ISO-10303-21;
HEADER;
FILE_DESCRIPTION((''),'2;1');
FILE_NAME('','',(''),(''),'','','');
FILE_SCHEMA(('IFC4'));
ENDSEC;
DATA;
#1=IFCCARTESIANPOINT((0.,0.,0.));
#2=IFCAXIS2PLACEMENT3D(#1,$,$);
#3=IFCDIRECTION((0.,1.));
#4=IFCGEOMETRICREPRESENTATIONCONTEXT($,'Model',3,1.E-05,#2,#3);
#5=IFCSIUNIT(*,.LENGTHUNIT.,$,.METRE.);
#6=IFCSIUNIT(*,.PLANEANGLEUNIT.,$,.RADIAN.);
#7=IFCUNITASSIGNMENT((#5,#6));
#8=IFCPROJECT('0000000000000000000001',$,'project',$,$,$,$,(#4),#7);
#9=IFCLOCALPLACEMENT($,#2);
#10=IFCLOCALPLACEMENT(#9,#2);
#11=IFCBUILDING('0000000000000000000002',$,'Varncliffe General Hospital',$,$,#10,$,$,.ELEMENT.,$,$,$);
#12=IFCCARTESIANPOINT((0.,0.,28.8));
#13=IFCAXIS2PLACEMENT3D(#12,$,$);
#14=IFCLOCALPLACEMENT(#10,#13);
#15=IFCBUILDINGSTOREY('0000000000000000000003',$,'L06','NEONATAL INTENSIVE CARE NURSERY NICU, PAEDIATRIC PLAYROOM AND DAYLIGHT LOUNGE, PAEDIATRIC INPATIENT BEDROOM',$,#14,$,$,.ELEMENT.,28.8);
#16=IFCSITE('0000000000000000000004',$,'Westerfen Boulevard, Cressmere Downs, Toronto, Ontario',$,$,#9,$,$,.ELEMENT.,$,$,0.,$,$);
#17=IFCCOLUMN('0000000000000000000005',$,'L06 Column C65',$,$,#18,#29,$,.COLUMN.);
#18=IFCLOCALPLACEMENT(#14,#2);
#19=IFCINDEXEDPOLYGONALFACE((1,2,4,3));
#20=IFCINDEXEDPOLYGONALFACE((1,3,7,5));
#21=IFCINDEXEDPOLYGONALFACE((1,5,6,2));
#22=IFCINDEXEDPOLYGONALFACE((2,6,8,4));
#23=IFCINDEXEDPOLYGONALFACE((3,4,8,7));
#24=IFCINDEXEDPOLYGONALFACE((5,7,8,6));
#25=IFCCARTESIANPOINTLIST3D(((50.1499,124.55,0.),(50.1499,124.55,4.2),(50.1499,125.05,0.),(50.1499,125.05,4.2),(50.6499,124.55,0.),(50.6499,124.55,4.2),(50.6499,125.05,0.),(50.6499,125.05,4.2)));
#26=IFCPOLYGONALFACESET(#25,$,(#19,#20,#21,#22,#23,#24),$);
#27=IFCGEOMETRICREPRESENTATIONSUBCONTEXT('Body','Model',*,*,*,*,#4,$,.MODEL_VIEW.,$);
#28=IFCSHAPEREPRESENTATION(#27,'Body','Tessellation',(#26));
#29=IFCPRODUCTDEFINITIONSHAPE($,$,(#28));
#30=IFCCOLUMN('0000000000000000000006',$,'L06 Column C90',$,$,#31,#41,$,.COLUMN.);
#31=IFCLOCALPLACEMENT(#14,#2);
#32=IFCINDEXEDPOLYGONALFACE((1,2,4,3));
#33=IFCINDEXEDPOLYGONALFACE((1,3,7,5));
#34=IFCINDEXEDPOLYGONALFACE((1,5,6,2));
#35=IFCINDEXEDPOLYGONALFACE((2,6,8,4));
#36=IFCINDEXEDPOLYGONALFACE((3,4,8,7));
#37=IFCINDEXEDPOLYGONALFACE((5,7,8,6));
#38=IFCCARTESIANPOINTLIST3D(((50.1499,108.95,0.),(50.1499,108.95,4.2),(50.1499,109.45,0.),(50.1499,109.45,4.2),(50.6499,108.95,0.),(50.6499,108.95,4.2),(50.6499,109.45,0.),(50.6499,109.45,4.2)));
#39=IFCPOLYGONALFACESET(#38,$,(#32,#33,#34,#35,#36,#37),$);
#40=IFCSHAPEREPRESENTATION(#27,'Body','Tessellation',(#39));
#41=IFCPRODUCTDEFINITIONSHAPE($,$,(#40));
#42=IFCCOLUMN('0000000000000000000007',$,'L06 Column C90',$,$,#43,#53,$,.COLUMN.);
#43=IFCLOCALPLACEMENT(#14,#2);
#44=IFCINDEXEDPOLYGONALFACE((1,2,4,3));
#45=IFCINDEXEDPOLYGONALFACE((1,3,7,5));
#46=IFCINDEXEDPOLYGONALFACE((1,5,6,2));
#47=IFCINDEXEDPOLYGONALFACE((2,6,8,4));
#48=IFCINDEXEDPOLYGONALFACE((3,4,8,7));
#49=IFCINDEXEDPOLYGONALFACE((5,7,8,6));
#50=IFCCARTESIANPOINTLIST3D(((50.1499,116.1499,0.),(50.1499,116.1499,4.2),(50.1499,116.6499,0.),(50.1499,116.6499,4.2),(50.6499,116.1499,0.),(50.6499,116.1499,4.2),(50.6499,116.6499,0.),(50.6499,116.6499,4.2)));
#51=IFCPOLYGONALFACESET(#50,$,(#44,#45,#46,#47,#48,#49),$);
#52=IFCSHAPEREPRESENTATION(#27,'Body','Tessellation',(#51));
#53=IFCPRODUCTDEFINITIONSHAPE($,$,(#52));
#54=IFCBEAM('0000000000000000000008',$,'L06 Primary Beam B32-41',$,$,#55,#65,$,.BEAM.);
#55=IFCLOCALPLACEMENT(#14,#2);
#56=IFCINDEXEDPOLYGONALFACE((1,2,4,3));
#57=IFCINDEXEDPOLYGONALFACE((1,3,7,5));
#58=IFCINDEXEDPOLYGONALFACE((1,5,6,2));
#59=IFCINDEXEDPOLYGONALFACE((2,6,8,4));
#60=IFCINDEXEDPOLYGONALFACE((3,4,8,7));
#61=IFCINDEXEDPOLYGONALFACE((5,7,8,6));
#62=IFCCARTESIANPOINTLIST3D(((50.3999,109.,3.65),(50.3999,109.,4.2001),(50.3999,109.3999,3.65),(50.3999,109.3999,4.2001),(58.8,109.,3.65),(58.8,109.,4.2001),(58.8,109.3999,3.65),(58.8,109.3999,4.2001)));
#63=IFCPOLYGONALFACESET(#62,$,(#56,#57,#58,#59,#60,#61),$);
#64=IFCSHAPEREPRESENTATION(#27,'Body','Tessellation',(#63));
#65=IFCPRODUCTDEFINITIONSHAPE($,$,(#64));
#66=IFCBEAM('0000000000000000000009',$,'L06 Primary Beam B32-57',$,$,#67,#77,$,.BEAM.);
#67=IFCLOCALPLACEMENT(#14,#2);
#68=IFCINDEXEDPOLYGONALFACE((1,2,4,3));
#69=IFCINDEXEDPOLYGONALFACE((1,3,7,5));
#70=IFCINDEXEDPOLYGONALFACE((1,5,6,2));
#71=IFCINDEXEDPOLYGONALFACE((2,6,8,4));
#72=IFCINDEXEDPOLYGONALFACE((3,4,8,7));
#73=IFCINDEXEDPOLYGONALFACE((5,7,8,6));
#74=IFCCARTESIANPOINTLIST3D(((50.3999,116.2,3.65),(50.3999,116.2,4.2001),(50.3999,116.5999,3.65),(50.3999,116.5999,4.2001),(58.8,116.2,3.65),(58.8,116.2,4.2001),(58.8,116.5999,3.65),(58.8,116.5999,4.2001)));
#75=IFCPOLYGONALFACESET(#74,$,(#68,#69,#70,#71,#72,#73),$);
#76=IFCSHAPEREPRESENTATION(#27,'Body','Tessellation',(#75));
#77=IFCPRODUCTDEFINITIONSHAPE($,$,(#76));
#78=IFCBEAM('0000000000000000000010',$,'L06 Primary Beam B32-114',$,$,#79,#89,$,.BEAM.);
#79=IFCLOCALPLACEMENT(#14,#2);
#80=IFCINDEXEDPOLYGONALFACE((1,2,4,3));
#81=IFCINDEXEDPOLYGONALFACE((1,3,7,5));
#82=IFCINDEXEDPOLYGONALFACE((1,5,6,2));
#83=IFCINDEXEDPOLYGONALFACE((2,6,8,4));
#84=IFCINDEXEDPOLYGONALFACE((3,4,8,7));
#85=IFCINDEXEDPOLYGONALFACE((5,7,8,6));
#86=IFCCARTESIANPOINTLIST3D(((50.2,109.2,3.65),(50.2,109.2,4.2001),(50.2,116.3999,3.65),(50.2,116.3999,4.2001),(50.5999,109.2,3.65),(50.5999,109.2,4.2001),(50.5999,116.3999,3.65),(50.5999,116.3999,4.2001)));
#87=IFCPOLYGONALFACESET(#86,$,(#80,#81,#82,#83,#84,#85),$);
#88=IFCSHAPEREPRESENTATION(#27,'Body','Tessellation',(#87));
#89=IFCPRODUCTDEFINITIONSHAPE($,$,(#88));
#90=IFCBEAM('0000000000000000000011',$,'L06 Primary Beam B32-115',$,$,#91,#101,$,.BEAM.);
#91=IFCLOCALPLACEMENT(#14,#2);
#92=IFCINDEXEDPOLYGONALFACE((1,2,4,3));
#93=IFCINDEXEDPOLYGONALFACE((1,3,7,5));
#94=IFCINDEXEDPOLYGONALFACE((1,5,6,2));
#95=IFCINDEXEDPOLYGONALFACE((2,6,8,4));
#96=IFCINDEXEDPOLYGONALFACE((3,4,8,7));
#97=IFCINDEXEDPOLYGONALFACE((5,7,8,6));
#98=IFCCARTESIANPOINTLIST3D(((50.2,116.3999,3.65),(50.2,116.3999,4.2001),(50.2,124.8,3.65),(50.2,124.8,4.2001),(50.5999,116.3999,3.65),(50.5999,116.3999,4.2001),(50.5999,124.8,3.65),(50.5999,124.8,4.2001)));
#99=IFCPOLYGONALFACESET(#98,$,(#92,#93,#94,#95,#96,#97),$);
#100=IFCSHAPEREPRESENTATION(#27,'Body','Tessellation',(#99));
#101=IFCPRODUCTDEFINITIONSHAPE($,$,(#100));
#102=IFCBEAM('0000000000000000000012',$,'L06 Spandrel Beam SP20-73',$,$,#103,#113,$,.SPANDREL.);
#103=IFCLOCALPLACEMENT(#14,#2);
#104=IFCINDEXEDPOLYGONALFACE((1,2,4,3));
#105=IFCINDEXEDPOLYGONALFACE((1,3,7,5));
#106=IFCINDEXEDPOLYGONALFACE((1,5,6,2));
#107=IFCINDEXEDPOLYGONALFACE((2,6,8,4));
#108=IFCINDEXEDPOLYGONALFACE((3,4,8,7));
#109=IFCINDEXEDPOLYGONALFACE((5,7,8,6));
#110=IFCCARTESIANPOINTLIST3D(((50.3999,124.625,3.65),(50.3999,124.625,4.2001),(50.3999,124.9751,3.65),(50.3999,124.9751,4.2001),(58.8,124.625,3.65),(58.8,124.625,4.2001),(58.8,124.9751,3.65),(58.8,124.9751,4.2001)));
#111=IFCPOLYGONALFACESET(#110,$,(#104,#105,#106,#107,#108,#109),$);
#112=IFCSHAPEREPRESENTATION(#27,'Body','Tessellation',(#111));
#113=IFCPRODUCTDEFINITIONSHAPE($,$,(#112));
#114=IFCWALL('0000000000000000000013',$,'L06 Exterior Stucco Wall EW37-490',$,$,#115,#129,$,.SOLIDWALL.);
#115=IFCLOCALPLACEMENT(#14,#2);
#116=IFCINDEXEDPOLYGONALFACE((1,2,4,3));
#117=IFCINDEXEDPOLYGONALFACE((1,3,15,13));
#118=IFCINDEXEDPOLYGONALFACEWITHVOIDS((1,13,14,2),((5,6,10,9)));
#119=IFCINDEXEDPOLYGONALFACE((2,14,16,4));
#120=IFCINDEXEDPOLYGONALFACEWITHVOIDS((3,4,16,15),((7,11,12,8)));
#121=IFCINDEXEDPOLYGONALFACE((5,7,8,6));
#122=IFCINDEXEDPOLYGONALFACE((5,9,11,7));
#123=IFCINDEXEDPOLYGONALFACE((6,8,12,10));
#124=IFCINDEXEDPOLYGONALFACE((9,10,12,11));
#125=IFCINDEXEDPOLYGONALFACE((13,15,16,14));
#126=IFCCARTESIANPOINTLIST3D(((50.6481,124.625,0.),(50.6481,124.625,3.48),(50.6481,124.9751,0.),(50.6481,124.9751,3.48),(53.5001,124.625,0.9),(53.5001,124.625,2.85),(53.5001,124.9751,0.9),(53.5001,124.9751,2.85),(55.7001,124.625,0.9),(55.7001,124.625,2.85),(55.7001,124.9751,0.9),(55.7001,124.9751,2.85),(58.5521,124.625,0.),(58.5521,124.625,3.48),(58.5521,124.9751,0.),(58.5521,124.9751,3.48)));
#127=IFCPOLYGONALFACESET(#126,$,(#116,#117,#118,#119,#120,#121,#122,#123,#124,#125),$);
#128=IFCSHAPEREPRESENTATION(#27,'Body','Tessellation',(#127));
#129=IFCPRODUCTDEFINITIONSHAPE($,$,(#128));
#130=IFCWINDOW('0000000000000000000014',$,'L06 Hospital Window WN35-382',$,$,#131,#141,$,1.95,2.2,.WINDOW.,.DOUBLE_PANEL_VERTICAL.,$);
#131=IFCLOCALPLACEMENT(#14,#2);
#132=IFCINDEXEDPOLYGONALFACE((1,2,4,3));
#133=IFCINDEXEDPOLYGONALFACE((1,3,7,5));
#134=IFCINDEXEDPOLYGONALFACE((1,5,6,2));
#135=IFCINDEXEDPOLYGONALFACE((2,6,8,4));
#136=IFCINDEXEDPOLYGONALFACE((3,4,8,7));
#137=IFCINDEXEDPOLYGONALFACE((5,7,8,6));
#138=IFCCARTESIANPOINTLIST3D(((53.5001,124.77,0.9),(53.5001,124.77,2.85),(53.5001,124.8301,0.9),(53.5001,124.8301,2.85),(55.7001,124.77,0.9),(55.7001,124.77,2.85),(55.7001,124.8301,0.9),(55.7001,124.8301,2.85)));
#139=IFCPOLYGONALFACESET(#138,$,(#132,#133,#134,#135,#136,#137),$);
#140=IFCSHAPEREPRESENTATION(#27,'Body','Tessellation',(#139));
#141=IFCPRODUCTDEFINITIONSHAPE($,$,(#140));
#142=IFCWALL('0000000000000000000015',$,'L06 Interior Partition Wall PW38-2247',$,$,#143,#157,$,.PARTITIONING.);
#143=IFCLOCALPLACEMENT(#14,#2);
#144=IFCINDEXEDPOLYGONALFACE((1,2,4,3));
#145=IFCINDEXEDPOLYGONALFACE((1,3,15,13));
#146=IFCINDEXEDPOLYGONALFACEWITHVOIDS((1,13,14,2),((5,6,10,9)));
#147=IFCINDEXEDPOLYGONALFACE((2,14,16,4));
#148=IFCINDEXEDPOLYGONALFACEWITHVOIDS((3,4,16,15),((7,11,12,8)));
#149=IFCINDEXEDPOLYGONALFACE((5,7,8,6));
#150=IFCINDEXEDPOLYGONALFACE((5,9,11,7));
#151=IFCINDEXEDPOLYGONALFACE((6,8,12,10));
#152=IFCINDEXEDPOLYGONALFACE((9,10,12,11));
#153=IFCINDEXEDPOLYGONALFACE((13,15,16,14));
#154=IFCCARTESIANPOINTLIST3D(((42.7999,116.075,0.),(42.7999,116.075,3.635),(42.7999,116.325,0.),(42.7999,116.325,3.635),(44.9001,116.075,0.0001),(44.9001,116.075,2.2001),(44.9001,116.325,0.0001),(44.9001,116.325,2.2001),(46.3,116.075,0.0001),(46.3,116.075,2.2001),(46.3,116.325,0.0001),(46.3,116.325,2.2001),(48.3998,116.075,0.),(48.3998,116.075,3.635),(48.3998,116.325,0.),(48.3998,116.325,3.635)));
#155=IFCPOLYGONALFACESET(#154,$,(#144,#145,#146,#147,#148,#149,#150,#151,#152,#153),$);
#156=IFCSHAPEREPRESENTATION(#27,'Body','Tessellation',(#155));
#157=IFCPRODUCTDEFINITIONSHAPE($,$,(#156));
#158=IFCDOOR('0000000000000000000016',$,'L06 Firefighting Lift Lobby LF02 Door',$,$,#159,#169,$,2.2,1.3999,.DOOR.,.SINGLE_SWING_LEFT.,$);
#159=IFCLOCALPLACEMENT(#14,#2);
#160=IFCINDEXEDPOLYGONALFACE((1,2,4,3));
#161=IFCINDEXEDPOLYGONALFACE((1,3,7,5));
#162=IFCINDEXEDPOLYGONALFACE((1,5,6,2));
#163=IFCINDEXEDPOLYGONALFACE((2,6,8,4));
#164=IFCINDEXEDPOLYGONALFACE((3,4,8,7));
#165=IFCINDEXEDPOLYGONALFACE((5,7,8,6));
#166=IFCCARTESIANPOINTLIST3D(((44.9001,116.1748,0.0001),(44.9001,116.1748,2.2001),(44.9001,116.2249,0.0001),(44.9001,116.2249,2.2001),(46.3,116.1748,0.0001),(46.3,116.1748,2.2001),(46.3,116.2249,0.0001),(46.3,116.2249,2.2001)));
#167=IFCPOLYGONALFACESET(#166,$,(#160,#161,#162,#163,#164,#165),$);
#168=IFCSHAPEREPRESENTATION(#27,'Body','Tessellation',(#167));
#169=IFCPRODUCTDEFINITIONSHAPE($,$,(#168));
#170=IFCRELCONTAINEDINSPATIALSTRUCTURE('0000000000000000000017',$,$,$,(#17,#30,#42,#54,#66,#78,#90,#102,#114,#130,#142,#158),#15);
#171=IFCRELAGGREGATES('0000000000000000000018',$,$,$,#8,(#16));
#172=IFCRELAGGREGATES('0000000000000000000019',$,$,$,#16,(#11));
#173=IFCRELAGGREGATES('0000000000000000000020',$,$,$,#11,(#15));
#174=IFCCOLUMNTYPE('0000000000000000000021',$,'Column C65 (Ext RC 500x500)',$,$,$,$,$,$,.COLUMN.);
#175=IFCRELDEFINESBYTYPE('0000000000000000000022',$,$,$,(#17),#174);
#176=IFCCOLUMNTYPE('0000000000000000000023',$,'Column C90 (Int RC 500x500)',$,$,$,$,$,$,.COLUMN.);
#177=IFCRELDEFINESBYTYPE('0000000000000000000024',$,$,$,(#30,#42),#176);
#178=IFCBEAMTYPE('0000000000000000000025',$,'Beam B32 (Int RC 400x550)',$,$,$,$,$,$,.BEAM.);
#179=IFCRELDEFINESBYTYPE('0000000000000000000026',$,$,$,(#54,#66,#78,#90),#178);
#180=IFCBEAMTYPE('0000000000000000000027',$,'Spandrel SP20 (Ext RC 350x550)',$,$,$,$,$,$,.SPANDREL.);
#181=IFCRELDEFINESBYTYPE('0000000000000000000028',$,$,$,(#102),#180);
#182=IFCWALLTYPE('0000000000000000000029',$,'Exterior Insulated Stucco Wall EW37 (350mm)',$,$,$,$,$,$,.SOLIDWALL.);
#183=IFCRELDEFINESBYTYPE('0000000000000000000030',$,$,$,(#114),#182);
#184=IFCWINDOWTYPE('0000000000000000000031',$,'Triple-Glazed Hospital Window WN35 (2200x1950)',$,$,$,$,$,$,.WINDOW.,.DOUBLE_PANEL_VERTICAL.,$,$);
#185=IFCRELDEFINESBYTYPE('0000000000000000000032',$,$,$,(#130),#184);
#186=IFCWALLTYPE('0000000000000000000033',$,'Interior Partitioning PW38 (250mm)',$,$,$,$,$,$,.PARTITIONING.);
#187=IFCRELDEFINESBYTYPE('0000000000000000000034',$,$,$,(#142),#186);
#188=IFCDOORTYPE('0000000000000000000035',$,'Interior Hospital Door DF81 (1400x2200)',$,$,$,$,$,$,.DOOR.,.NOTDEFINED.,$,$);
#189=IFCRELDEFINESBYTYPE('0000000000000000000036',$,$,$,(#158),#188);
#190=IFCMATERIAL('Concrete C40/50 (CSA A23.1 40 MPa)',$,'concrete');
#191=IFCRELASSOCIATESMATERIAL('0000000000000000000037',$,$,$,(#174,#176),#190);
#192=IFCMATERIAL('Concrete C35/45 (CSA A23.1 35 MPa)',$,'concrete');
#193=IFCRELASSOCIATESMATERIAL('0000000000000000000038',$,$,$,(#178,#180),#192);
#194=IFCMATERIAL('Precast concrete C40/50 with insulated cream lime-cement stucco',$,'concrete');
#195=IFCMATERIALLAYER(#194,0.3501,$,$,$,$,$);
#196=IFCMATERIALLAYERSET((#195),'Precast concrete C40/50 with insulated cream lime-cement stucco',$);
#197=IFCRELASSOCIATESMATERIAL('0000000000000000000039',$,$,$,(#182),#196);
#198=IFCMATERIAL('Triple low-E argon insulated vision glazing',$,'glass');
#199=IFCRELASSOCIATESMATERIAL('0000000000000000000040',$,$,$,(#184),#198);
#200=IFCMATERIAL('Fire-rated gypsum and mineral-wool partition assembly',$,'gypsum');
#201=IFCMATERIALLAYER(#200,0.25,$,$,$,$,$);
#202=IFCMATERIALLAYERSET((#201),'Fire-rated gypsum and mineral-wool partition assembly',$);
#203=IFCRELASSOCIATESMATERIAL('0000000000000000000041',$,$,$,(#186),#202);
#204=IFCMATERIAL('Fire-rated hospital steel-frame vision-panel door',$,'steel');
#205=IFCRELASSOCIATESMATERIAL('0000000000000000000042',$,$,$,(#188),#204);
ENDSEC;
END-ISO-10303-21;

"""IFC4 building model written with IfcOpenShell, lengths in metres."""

from ifc_helpers import new_model, si_unit, direction, frame, frame_2d, origin, origin_2d, place, context, subcontext, project, spatial, rectangle, extrude, material, layer, layer_set, material_profile, profile_set, type_object, element, fill, save


model = new_model("IFC4")

# Units and contexts
model_context = context("Model", 3, precision=1e-05, world=origin(), true_north=direction((0.0, 1.0)))
body_context = subcontext(model_context, "Body", "Model", "MODEL_VIEW")
ifc_project = project(units=[si_unit("LENGTHUNIT", "METRE"), si_unit("PLANEANGLEUNIT", "RADIAN")], contexts=[model_context])

# Site, building, storey
site_placement = place(None, origin())
site = spatial("IfcSite", under=ifc_project, at=site_placement, Name="Westerfen Boulevard, Cressmere Downs, Toronto, Ontario", CompositionType="ELEMENT", RefElevation=0.0)
building_placement = place(site_placement, origin())
building = spatial("IfcBuilding", under=site, at=building_placement, Name="Varncliffe General Hospital", CompositionType="ELEMENT")
storey_placement = place(building_placement, frame((0.0, 0.0, 28.8)))
storey = spatial("IfcBuildingStorey", under=building, at=storey_placement, Name="L06", Description="NEONATAL INTENSIVE CARE NURSERY NICU, PAEDIATRIC PLAYROOM AND DAYLIGHT LOUNGE, PAEDIATRIC INPATIENT BEDROOM", CompositionType="ELEMENT", Elevation=28.8)

# Columns
ifc_material_1 = material(Name="Concrete C40/50 (CSA A23.1 40 MPa)", Category="concrete")
ifc_material_profile_1 = material_profile(ifc_material_1, rectangle(XDim=0.5, YDim=0.5, at=origin_2d()), Name="RC 500x500")
ifc_profile_set_1 = profile_set([ifc_material_profile_1], Name="Concrete C40/50 (CSA A23.1 40 MPa)")
column_type_1 = type_object("IfcColumnType", Name="Column C65 (Ext RC 500x500)", PredefinedType="COLUMN", material=ifc_profile_set_1)
column_placement = place(storey_placement, frame((50.3999, 124.8, 0.0), z_axis=(0.0, 0.0, 1.0), x_axis=(1.0, 0.0, 0.0)))
element("IfcColumn", 1, at=column_placement, inside=storey, type_object=column_type_1, Name="L06 Column C65", PredefinedType="COLUMN", context=body_context, shape_type="SweptSolid", body=[
    extrude(rectangle(XDim=0.5, YDim=0.5, at=origin_2d()), origin(), (0.0, 0.0, 1.0), 4.2),
])
ifc_material_profile_2 = material_profile(ifc_material_1, rectangle(XDim=0.5, YDim=0.5, at=origin_2d()), Name="RC 500x500")
ifc_profile_set_2 = profile_set([ifc_material_profile_2], Name="Concrete C40/50 (CSA A23.1 40 MPa)")
column_type_2 = type_object("IfcColumnType", Name="Column C90 (Int RC 500x500)", PredefinedType="COLUMN", material=ifc_profile_set_2)
for number, where, z_axis, x_axis, name in (
    (2, (50.3999, 109.2, 0.0), (0.0, 0.0, 1.0), (1.0, 0.0, 0.0), "L06 Column C90"),
    (3, (50.3999, 116.3999, 0.0), (0.0, 0.0, 1.0), (1.0, 0.0, 0.0), "L06 Column C90"),
):
    element("IfcColumn", number, at=place(storey_placement, frame(where, z_axis=z_axis, x_axis=x_axis)), inside=storey, type_object=column_type_2, Name=name, PredefinedType="COLUMN", context=body_context, shape_type="SweptSolid", body=[
        extrude(rectangle(XDim=0.5, YDim=0.5, at=origin_2d()), origin(), (0.0, 0.0, 1.0), 4.2),
    ])

# Beams
ifc_material_2 = material(Name="Concrete C35/45 (CSA A23.1 35 MPa)", Category="concrete")
ifc_material_profile_3 = material_profile(ifc_material_2, rectangle(XDim=0.3999, YDim=0.55, at=origin_2d()), Name="RC 400x550")
ifc_profile_set_3 = profile_set([ifc_material_profile_3], Name="Concrete C35/45 (CSA A23.1 35 MPa)")
beam_type_1 = type_object("IfcBeamType", Name="Beam B32 (Int RC 400x550)", PredefinedType="BEAM", material=ifc_profile_set_3)
for number, where, z_axis, x_axis, name in (
    (4, (50.3999, 109.2, 3.925), (1.0, 0.0, 0.0), (0.0, 1.0, 0.0), "L06 Primary Beam B32-41"),
    (5, (50.3999, 116.3999, 3.925), (1.0, 0.0, 0.0), (0.0, 1.0, 0.0), "L06 Primary Beam B32-57"),
):
    element("IfcBeam", number, at=place(storey_placement, frame(where, z_axis=z_axis, x_axis=x_axis)), inside=storey, type_object=beam_type_1, Name=name, PredefinedType="BEAM", context=body_context, shape_type="SweptSolid", body=[
        extrude(rectangle(XDim=0.3999, YDim=0.55, at=origin_2d()), origin(), (0.0, 0.0, 1.0), 8.4001),
    ])
beam_1_placement = place(storey_placement, frame((50.3999, 109.2, 3.925), z_axis=(0.0, 1.0, 0.0), x_axis=(-1.0, 0.0, 0.0)))
element("IfcBeam", 6, at=beam_1_placement, inside=storey, type_object=beam_type_1, Name="L06 Primary Beam B32-114", PredefinedType="BEAM", context=body_context, shape_type="SweptSolid", body=[
    extrude(rectangle(XDim=0.3999, YDim=0.55, at=origin_2d()), origin(), (0.0, 0.0, 1.0), 7.2),
])
beam_2_placement = place(storey_placement, frame((50.3999, 116.3999, 3.925), z_axis=(0.0, 1.0, 0.0), x_axis=(-1.0, 0.0, 0.0)))
element("IfcBeam", 7, at=beam_2_placement, inside=storey, type_object=beam_type_1, Name="L06 Primary Beam B32-115", PredefinedType="BEAM", context=body_context, shape_type="SweptSolid", body=[
    extrude(rectangle(XDim=0.3999, YDim=0.55, at=origin_2d()), origin(), (0.0, 0.0, 1.0), 8.4001),
])
ifc_material_profile_4 = material_profile(ifc_material_2, rectangle(XDim=0.3501, YDim=0.55, at=origin_2d()), Name="RC 350x550")
ifc_profile_set_4 = profile_set([ifc_material_profile_4], Name="Concrete C35/45 (CSA A23.1 35 MPa)")
beam_type_2 = type_object("IfcBeamType", Name="Spandrel SP20 (Ext RC 350x550)", PredefinedType="SPANDREL", material=ifc_profile_set_4)
beam_3_placement = place(storey_placement, frame((50.3999, 124.8, 3.925), z_axis=(1.0, 0.0, 0.0), x_axis=(0.0, 1.0, 0.0)))
element("IfcBeam", 8, at=beam_3_placement, inside=storey, type_object=beam_type_2, Name="L06 Spandrel Beam SP20-73", PredefinedType="SPANDREL", context=body_context, shape_type="SweptSolid", body=[
    extrude(rectangle(XDim=0.3501, YDim=0.55, at=origin_2d()), origin(), (0.0, 0.0, 1.0), 8.4001),
])

# Wall, opening, window
ifc_material_3 = material(Name="Precast concrete C40/50 with insulated cream lime-cement stucco", Category="concrete")
ifc_layer_1 = layer(ifc_material_3, 0.3501)
ifc_layer_set_1 = layer_set([ifc_layer_1], Name="Precast concrete C40/50 with insulated cream lime-cement stucco")
wall_type_1 = type_object("IfcWallType", Name="Exterior Insulated Stucco Wall EW37 (350mm)", PredefinedType="SOLIDWALL", material=ifc_layer_set_1)
wall_1_placement = place(storey_placement, frame((50.6479, 124.8, 0.0), z_axis=(0.0, 0.0, 1.0), x_axis=(1.0, 0.0, 0.0)))
wall_1 = element("IfcWall", 9, at=wall_1_placement, inside=storey, type_object=wall_type_1, Name="L06 Exterior Stucco Wall EW37-490", PredefinedType="SOLIDWALL", context=body_context, shape_type="SweptSolid", body=[
    extrude(rectangle(XDim=7.9041, YDim=0.3501, at=frame_2d((3.9521, 0.0))), origin(), (0.0, 0.0, 1.0), 3.48),
])
opening_1_placement = place(wall_1_placement, frame((2.8521, 0.0, 0.8999)))
opening_1 = element("IfcOpeningElement", 10, at=opening_1_placement, cuts=wall_1, PredefinedType="OPENING", context=body_context, shape_type="SweptSolid", body=[
    extrude(rectangle(XDim=2.2, YDim=1.95, at=frame_2d((1.1001, 0.9751))), frame((0.0, 0.1851, 0.0), z_axis=(0.0, -1.0, 0.0), x_axis=(1.0, 0.0, 0.0)), (0.0, 0.0, 1.0), 0.3701),
])
ifc_material_4 = material(Name="Triple low-E argon insulated vision glazing", Category="glass")
window_type = type_object("IfcWindowType", Name="Triple-Glazed Hospital Window WN35 (2200x1950)", PartitioningType="DOUBLE_PANEL_VERTICAL", PredefinedType="WINDOW", material=ifc_material_4)
window_placement = place(opening_1_placement, origin())
window = element("IfcWindow", 11, at=window_placement, inside=storey, type_object=window_type, Name="L06 Hospital Window WN35-382", OverallHeight=1.95, OverallWidth=2.2, PartitioningType="DOUBLE_PANEL_VERTICAL", PredefinedType="WINDOW", context=body_context, shape_type="SweptSolid", body=[
    extrude(rectangle(XDim=2.2, YDim=1.95, at=frame_2d((1.1001, 0.9751))), frame((0.0, 0.03, 0.0), z_axis=(0.0, -1.0, 0.0), x_axis=(1.0, 0.0, 0.0)), (0.0, 0.0, 1.0), 0.0601),
])
fill(opening_1, window)

# Wall, opening, door
ifc_material_5 = material(Name="Fire-rated gypsum and mineral-wool partition assembly", Category="gypsum")
ifc_layer_2 = layer(ifc_material_5, 0.25)
ifc_layer_set_2 = layer_set([ifc_layer_2], Name="Fire-rated gypsum and mineral-wool partition assembly")
wall_type_2 = type_object("IfcWallType", Name="Interior Partitioning PW38 (250mm)", PredefinedType="PARTITIONING", material=ifc_layer_set_2)
wall_2_placement = place(storey_placement, frame((42.8, 116.2, 0.0), z_axis=(0.0, 0.0, 1.0), x_axis=(1.0, 0.0, 0.0)))
wall_2 = element("IfcWall", 12, at=wall_2_placement, inside=storey, type_object=wall_type_2, Name="L06 Interior Partition Wall PW38-2247", PredefinedType="PARTITIONING", context=body_context, shape_type="SweptSolid", body=[
    extrude(rectangle(XDim=5.5999, YDim=0.25, at=frame_2d((2.7998, 0.0))), origin(), (0.0, 0.0, 1.0), 3.635),
])
opening_2_placement = place(wall_2_placement, frame((2.1001, 0.0, 0.0)))
opening_2 = element("IfcOpeningElement", 13, at=opening_2_placement, cuts=wall_2, PredefinedType="OPENING", context=body_context, shape_type="SweptSolid", body=[
    extrude(rectangle(XDim=1.3999, YDim=2.2, at=frame_2d((0.7, 1.1001))), frame((0.0, 0.135, 0.0), z_axis=(0.0, -1.0, 0.0), x_axis=(1.0, 0.0, 0.0)), (0.0, 0.0, 1.0), 0.27),
])
ifc_material_6 = material(Name="Fire-rated hospital steel-frame vision-panel door", Category="steel")
door_type_1 = type_object("IfcDoorType", Name="Interior Hospital Door DF81 (1400x2200)", OperationType="NOTDEFINED", PredefinedType="DOOR", material=ifc_material_6)
door_1_placement = place(opening_2_placement, origin())
door_1 = element("IfcDoor", 14, at=door_1_placement, inside=storey, type_object=door_type_1, Name="L06 Firefighting Lift Lobby LF02 Door", OperationType="SINGLE_SWING_LEFT", OverallHeight=2.2, OverallWidth=1.3999, PredefinedType="DOOR", context=body_context, shape_type="SweptSolid", body=[
    extrude(rectangle(XDim=1.3999, YDim=2.2, at=frame_2d((0.7, 1.1001))), frame((0.0, 0.0249, 0.0), z_axis=(0.0, -1.0, 0.0), x_axis=(1.0, 0.0, 0.0)), (0.0, 0.0, 1.0), 0.05),
])
fill(opening_2, door_1)

save(model, "model.ifc")
